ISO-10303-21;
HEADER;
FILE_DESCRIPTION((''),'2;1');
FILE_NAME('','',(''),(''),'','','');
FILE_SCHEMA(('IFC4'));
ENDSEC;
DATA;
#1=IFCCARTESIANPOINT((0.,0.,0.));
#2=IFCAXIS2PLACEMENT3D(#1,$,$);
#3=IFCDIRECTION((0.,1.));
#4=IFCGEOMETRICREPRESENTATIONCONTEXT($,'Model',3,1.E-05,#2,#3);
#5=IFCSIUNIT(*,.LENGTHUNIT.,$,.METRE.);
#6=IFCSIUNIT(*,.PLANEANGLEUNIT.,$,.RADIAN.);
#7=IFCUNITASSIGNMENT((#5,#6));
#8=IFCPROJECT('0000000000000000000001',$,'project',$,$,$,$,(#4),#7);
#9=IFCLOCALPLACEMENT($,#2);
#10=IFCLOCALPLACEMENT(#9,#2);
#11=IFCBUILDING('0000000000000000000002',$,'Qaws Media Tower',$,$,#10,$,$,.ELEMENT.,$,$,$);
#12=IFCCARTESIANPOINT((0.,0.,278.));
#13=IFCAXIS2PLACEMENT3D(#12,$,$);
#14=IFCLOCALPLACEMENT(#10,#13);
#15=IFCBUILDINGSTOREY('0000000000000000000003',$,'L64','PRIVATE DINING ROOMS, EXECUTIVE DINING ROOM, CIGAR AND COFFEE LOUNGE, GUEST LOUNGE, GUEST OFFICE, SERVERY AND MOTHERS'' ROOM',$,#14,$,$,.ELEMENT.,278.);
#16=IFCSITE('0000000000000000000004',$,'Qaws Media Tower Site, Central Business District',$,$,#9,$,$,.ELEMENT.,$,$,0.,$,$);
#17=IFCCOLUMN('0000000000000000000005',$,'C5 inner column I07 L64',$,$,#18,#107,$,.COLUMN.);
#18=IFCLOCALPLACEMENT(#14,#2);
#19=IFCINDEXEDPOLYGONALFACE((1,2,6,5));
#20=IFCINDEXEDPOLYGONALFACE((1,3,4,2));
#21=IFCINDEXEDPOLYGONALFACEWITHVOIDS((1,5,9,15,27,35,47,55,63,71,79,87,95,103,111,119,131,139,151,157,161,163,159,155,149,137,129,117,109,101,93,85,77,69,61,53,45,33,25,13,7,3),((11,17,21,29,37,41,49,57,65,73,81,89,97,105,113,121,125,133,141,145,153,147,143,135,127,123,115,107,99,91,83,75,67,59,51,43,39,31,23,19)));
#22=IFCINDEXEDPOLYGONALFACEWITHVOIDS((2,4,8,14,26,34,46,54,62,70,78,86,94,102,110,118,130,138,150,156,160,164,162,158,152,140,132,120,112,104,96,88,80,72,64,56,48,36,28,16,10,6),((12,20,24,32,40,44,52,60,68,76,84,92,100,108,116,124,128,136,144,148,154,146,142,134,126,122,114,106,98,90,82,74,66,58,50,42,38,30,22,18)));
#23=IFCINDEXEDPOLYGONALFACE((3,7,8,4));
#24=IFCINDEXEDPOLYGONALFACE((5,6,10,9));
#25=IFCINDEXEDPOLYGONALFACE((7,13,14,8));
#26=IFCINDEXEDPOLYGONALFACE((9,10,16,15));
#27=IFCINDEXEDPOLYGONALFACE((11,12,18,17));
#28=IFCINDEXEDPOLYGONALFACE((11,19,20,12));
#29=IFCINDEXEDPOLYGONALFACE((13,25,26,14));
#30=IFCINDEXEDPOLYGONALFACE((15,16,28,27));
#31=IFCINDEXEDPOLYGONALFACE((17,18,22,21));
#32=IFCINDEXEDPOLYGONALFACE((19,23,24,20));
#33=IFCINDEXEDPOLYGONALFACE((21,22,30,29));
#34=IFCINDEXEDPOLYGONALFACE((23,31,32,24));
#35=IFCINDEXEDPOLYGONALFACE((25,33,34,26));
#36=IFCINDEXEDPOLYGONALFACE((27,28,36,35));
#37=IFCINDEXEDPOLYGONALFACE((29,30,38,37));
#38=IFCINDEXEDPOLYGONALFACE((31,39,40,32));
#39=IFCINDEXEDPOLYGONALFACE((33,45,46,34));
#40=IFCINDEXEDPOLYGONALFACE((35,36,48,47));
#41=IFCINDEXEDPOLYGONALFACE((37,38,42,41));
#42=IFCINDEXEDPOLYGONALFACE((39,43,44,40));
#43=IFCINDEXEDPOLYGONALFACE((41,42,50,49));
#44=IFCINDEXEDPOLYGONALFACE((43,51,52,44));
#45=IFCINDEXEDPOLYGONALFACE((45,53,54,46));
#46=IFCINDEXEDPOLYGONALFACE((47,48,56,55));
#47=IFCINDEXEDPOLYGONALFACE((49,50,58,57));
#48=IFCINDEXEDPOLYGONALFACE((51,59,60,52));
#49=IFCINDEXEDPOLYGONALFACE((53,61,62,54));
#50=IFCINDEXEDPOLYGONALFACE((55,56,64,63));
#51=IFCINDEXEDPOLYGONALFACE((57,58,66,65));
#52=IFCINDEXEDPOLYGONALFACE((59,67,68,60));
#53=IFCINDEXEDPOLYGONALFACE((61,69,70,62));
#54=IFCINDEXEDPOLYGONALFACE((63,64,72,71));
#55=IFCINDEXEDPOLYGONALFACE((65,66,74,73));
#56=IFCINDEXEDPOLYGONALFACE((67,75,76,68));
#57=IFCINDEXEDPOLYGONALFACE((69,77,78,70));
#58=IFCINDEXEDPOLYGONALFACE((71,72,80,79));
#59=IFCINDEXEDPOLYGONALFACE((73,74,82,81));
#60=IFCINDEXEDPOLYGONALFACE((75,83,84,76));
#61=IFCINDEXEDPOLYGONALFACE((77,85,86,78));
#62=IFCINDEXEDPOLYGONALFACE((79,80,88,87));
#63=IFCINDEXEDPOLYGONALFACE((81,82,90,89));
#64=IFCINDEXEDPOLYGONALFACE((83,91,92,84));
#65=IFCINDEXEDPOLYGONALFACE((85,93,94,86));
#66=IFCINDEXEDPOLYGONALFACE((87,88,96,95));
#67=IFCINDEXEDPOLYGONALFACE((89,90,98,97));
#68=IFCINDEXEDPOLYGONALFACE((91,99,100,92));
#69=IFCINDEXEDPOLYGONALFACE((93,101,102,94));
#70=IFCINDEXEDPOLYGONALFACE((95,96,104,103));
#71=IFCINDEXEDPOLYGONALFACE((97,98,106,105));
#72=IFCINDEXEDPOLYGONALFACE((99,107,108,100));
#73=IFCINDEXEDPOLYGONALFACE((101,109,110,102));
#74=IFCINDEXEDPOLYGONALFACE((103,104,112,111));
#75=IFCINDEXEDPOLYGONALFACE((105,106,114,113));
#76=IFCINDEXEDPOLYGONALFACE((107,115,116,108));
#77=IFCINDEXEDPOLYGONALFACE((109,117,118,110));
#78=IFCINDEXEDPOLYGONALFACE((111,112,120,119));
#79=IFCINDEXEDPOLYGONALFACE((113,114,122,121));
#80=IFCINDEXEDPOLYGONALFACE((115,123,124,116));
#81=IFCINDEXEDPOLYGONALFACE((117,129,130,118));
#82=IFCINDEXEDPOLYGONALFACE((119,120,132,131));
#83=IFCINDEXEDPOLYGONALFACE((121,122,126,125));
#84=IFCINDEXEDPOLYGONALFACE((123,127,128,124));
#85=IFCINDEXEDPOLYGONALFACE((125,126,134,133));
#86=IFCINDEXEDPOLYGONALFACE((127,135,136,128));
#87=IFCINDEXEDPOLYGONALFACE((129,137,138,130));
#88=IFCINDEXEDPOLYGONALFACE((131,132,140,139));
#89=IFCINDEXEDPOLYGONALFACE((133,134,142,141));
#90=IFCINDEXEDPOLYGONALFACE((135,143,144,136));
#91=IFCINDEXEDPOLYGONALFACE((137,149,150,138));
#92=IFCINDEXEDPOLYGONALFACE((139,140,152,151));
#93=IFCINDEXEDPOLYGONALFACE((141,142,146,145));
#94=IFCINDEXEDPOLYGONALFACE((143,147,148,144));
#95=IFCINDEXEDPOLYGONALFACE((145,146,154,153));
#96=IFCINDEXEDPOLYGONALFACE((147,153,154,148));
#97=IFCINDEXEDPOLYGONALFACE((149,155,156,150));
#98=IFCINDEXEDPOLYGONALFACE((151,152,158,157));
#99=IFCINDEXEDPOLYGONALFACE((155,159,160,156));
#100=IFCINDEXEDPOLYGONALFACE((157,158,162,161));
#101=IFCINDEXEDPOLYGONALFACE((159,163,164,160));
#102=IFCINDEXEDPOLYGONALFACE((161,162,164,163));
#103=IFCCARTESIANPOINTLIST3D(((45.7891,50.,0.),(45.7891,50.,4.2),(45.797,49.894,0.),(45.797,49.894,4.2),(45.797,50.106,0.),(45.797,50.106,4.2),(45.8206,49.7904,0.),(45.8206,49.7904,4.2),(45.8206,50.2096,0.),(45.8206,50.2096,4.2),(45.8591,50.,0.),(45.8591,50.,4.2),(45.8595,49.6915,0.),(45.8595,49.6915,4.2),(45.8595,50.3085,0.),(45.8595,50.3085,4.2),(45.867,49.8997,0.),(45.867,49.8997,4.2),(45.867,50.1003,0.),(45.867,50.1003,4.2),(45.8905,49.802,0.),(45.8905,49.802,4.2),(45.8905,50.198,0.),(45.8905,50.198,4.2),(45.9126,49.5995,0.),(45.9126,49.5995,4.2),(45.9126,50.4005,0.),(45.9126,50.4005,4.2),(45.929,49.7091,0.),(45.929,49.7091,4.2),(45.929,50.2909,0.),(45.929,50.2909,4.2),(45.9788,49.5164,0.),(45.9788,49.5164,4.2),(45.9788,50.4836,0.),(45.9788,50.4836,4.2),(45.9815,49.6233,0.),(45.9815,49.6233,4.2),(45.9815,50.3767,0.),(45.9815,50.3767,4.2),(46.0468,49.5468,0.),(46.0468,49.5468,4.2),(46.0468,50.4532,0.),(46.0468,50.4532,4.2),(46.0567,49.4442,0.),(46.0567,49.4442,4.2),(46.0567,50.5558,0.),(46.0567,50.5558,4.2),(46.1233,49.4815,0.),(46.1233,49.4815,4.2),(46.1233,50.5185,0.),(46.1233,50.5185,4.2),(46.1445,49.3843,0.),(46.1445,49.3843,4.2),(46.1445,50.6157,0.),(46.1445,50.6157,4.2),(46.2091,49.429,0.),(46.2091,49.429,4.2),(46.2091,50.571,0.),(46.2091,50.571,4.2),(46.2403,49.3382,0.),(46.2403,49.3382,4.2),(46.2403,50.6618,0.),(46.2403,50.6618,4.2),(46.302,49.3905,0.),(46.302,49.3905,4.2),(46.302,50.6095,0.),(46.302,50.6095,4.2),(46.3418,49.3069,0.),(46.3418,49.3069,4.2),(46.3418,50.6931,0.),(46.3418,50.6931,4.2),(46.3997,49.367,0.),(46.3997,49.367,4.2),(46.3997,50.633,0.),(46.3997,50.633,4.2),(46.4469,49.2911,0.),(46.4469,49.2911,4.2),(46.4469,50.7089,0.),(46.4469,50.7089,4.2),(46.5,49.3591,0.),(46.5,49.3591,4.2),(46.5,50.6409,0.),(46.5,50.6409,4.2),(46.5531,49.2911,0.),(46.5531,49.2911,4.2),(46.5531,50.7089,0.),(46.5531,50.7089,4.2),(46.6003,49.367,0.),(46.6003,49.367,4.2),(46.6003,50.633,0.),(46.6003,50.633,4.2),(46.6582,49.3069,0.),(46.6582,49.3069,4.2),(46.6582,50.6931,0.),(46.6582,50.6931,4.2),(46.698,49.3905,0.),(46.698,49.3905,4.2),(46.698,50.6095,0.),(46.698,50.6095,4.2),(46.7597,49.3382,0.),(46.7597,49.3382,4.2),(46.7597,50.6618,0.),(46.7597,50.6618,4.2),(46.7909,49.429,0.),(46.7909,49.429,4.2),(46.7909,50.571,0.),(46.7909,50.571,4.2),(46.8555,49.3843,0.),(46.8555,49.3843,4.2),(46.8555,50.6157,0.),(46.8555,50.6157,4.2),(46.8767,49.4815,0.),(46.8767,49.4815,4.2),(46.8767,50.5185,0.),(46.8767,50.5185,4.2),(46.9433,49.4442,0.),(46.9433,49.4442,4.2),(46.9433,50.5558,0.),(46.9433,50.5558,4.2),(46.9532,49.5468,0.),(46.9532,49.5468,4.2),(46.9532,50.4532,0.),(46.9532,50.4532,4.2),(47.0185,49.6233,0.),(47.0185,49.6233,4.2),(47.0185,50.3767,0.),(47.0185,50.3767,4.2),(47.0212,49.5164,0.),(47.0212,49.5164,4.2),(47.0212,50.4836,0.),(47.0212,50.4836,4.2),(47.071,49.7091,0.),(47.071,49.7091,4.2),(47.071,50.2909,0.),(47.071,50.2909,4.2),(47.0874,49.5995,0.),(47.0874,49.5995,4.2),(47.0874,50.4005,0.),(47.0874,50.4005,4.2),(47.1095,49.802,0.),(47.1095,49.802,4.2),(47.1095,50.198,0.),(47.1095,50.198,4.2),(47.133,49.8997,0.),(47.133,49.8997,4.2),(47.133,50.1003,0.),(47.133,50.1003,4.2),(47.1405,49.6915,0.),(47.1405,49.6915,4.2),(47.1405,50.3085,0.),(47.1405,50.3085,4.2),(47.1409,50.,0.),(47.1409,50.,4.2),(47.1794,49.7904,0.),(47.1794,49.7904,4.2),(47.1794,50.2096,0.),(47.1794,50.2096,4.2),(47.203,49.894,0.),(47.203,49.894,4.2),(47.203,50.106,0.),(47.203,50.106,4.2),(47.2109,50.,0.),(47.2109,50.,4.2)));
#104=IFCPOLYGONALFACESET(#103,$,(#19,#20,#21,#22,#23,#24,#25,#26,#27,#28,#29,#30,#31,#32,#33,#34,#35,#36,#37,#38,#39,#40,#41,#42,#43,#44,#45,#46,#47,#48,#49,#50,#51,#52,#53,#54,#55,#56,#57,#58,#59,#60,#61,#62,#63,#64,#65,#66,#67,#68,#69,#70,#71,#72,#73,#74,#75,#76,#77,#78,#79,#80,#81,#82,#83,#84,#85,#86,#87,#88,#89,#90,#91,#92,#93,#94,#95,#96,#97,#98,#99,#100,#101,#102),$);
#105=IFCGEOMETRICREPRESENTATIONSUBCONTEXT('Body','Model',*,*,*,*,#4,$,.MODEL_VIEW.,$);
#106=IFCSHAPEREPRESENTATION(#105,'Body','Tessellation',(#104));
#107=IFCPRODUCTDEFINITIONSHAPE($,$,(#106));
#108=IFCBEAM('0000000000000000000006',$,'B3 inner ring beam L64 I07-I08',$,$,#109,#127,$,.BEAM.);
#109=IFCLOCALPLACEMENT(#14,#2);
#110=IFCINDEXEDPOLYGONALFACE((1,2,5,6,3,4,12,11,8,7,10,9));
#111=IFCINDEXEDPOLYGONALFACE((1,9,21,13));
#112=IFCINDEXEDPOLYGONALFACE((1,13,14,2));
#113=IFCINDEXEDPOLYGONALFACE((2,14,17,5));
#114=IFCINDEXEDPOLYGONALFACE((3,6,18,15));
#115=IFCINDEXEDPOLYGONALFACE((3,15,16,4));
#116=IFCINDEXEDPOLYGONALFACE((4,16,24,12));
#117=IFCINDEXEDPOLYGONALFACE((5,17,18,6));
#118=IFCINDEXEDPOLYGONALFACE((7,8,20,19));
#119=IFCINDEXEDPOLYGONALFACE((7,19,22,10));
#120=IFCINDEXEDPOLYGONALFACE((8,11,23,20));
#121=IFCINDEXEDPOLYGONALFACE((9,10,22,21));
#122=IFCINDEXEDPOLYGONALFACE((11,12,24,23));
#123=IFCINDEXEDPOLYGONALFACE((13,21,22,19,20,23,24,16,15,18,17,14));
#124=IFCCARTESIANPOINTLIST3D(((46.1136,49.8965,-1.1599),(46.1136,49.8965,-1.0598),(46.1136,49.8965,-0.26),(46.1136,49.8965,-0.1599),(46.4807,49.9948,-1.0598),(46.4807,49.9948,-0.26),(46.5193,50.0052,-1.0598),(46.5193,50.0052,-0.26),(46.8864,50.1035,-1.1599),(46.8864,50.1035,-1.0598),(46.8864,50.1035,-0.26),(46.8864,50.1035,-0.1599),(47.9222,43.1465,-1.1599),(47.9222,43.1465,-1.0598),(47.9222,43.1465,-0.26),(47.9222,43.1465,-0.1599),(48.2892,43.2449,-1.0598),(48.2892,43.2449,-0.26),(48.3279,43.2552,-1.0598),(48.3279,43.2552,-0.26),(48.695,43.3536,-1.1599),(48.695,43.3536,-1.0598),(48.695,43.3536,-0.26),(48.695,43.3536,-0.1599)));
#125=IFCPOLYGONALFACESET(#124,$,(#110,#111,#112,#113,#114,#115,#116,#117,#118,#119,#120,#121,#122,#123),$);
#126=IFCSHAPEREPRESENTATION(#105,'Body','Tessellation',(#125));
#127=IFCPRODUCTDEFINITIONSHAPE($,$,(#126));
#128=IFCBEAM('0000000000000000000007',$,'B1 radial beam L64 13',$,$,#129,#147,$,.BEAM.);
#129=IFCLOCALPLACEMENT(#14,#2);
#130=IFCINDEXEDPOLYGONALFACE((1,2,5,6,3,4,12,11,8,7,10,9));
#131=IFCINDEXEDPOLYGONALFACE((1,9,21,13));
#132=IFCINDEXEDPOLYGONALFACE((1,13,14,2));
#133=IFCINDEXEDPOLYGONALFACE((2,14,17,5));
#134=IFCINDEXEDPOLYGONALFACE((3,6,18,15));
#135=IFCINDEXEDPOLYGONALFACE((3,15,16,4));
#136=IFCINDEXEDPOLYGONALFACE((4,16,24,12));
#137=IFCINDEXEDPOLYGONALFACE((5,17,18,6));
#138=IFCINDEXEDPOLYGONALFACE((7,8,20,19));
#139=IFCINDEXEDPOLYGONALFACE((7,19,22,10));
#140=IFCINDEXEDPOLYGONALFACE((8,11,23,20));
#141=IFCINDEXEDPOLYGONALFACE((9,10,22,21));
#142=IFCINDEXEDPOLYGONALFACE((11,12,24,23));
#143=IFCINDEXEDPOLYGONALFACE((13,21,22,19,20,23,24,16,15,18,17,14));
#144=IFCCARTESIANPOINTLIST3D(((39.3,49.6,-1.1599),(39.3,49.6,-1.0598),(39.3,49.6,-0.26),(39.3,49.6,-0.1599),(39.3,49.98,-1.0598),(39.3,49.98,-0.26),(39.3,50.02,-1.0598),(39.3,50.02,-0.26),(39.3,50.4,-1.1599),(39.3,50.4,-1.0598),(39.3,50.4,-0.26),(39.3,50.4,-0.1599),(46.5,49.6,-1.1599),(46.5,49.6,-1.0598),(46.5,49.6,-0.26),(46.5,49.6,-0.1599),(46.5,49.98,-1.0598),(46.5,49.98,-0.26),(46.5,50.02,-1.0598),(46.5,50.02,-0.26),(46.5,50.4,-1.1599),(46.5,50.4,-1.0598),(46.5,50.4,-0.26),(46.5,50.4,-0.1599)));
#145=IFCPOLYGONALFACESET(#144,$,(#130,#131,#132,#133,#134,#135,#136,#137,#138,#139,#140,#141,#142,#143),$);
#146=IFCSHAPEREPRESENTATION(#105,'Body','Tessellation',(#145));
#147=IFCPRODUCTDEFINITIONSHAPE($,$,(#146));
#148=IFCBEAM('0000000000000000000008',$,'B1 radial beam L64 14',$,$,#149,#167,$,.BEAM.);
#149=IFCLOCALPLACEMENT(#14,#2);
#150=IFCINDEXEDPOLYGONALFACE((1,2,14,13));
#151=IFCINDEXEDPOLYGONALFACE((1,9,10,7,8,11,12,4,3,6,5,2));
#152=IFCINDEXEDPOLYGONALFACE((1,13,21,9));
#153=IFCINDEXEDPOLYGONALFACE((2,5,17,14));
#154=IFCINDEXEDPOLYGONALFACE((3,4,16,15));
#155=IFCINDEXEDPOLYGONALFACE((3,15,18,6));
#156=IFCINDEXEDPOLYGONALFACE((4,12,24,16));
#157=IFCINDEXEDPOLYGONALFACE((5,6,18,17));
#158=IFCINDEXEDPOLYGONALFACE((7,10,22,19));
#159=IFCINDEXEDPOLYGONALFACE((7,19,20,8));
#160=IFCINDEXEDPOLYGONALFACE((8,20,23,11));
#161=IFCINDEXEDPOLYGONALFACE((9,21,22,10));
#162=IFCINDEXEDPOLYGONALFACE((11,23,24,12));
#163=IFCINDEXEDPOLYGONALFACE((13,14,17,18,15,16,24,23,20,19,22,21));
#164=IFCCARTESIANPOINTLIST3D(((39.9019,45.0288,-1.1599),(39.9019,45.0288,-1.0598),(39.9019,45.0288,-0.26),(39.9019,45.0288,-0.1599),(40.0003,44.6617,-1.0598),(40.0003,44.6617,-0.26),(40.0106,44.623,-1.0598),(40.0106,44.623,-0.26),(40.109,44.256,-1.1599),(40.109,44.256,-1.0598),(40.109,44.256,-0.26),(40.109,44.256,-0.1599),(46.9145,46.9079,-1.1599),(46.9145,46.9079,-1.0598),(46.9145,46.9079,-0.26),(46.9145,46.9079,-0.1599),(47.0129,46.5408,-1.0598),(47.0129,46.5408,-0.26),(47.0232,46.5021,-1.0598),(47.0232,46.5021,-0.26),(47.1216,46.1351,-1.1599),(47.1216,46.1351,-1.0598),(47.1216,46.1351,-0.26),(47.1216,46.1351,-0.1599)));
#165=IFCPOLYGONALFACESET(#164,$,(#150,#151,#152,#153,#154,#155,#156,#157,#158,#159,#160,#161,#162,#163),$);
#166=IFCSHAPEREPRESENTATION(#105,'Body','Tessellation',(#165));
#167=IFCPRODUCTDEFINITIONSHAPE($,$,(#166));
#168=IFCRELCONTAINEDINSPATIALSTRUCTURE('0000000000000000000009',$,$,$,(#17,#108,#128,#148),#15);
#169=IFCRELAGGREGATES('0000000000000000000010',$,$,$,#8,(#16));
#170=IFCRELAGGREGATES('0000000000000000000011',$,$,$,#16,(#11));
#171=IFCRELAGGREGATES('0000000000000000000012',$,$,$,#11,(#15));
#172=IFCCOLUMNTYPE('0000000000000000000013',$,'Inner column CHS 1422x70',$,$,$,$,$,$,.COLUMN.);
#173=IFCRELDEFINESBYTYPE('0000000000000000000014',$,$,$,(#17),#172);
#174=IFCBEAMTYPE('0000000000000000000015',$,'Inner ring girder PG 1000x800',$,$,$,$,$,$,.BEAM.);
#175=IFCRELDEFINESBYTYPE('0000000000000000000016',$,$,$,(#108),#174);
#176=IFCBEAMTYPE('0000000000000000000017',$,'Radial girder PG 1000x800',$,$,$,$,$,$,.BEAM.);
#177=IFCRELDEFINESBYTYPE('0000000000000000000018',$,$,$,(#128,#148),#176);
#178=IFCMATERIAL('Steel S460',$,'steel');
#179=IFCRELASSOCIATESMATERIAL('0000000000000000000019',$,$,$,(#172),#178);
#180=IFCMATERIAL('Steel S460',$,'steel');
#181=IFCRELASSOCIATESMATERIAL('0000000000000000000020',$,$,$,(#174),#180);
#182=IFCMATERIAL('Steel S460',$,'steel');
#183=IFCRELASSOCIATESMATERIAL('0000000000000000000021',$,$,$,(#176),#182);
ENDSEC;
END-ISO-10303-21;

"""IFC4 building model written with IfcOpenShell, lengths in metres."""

from ifc_helpers import new_model, si_unit, direction, frame, origin, origin_2d, place, context, subcontext, project, spatial, hollow_circle, i_section, extrude, material, material_profile, profile_set, type_object, element, save


model = new_model("IFC4")

# Units and contexts
model_context = context("Model", 3, precision=1e-05, world=origin(), true_north=direction((0.0, 1.0)))
body_context = subcontext(model_context, "Body", "Model", "MODEL_VIEW")
ifc_project = project(units=[si_unit("LENGTHUNIT", "METRE"), si_unit("PLANEANGLEUNIT", "RADIAN")], contexts=[model_context])

# Site, building, storey
site_placement = place(None, origin())
site = spatial("IfcSite", under=ifc_project, at=site_placement, Name="Qaws Media Tower Site, Central Business District", CompositionType="ELEMENT", RefElevation=0.0)
building_placement = place(site_placement, origin())
building = spatial("IfcBuilding", under=site, at=building_placement, Name="Qaws Media Tower", CompositionType="ELEMENT")
storey_placement = place(building_placement, frame((0.0, 0.0, 278.0)))
storey = spatial("IfcBuildingStorey", under=building, at=storey_placement, Name="L64", Description="PRIVATE DINING ROOMS, EXECUTIVE DINING ROOM, CIGAR AND COFFEE LOUNGE, GUEST LOUNGE, GUEST OFFICE, SERVERY AND MOTHERS' ROOM", CompositionType="ELEMENT", Elevation=278.0)

# Column
ifc_material_1 = material(Name="Steel S460", Category="steel")
ifc_material_profile_1 = material_profile(ifc_material_1, hollow_circle(Radius=0.7109, WallThickness=0.0701, at=origin_2d()), Name="CHS 1422x70")
ifc_profile_set_1 = profile_set([ifc_material_profile_1], Name="Steel S460")
column_type = type_object("IfcColumnType", Name="Inner column CHS 1422x70", PredefinedType="COLUMN", material=ifc_profile_set_1)
column_placement = place(storey_placement, frame((46.5, 50.0, 0.0), z_axis=(0.0, 0.0, 1.0), x_axis=(1.0, 0.0, 0.0)))
element("IfcColumn", 1, at=column_placement, inside=storey, type_object=column_type, Name="C5 inner column I07 L64", PredefinedType="COLUMN", context=body_context, shape_type="SweptSolid", body=[
    extrude(hollow_circle(Radius=0.7109, WallThickness=0.0701, at=origin_2d()), origin(), (0.0, 0.0, 1.0), 4.2),
])

# Beams
ifc_material_2 = material(Name="Steel S460", Category="steel")
ifc_material_profile_2 = material_profile(ifc_material_2, i_section(OverallWidth=0.8, OverallDepth=1.0, WebThickness=0.04, FlangeThickness=0.1001, at=origin_2d()), Name="PG 1000x800")
ifc_profile_set_2 = profile_set([ifc_material_profile_2], Name="Steel S460")
beam_type_1 = type_object("IfcBeamType", Name="Inner ring girder PG 1000x800", PredefinedType="BEAM", material=ifc_profile_set_2)
beam_1_placement = place(storey_placement, frame((46.5, 50.0, -0.6599), z_axis=(0.258811, -0.965928, 0.0), x_axis=(0.965928, 0.258811, 0.0)))
element("IfcBeam", 2, at=beam_1_placement, inside=storey, type_object=beam_type_1, Name="B3 inner ring beam L64 I07-I08", PredefinedType="BEAM", context=body_context, shape_type="SweptSolid", body=[
    extrude(i_section(OverallWidth=0.8, OverallDepth=1.0, WebThickness=0.04, FlangeThickness=0.1001, at=origin_2d()), origin(), (0.0, 0.0, 1.0), 6.988),
])
ifc_material_3 = material(Name="Steel S460", Category="steel")
ifc_material_profile_3 = material_profile(ifc_material_3, i_section(OverallWidth=0.8, OverallDepth=1.0, WebThickness=0.04, FlangeThickness=0.1001, at=origin_2d()), Name="PG 1000x800")
ifc_profile_set_3 = profile_set([ifc_material_profile_3], Name="Steel S460")
beam_type_2 = type_object("IfcBeamType", Name="Radial girder PG 1000x800", PredefinedType="BEAM", material=ifc_profile_set_3)
beam_2_placement = place(storey_placement, frame((46.5, 50.0, -0.6599), z_axis=(-1.0, 0.0, 0.0), x_axis=(0.0, -1.0, 0.0)))
element("IfcBeam", 3, at=beam_2_placement, inside=storey, type_object=beam_type_2, Name="B1 radial beam L64 13", PredefinedType="BEAM", context=body_context, shape_type="SweptSolid", body=[
    extrude(i_section(OverallWidth=0.8, OverallDepth=1.0, WebThickness=0.04, FlangeThickness=0.1001, at=origin_2d()), origin(), (0.0, 0.0, 1.0), 7.2),
])
beam_3_placement = place(storey_placement, frame((47.0181, 46.5215, -0.6599), z_axis=(-0.965922, -0.258832, 0.0), x_axis=(0.258832, -0.965922, 0.0)))
element("IfcBeam", 4, at=beam_3_placement, inside=storey, type_object=beam_type_2, Name="B1 radial beam L64 14", PredefinedType="BEAM", context=body_context, shape_type="SweptSolid", body=[
    extrude(i_section(OverallWidth=0.8, OverallDepth=1.0, WebThickness=0.04, FlangeThickness=0.1001, at=origin_2d()), origin(), (0.0, 0.0, 1.0), 7.26),
])

save(model, "model.ifc")
